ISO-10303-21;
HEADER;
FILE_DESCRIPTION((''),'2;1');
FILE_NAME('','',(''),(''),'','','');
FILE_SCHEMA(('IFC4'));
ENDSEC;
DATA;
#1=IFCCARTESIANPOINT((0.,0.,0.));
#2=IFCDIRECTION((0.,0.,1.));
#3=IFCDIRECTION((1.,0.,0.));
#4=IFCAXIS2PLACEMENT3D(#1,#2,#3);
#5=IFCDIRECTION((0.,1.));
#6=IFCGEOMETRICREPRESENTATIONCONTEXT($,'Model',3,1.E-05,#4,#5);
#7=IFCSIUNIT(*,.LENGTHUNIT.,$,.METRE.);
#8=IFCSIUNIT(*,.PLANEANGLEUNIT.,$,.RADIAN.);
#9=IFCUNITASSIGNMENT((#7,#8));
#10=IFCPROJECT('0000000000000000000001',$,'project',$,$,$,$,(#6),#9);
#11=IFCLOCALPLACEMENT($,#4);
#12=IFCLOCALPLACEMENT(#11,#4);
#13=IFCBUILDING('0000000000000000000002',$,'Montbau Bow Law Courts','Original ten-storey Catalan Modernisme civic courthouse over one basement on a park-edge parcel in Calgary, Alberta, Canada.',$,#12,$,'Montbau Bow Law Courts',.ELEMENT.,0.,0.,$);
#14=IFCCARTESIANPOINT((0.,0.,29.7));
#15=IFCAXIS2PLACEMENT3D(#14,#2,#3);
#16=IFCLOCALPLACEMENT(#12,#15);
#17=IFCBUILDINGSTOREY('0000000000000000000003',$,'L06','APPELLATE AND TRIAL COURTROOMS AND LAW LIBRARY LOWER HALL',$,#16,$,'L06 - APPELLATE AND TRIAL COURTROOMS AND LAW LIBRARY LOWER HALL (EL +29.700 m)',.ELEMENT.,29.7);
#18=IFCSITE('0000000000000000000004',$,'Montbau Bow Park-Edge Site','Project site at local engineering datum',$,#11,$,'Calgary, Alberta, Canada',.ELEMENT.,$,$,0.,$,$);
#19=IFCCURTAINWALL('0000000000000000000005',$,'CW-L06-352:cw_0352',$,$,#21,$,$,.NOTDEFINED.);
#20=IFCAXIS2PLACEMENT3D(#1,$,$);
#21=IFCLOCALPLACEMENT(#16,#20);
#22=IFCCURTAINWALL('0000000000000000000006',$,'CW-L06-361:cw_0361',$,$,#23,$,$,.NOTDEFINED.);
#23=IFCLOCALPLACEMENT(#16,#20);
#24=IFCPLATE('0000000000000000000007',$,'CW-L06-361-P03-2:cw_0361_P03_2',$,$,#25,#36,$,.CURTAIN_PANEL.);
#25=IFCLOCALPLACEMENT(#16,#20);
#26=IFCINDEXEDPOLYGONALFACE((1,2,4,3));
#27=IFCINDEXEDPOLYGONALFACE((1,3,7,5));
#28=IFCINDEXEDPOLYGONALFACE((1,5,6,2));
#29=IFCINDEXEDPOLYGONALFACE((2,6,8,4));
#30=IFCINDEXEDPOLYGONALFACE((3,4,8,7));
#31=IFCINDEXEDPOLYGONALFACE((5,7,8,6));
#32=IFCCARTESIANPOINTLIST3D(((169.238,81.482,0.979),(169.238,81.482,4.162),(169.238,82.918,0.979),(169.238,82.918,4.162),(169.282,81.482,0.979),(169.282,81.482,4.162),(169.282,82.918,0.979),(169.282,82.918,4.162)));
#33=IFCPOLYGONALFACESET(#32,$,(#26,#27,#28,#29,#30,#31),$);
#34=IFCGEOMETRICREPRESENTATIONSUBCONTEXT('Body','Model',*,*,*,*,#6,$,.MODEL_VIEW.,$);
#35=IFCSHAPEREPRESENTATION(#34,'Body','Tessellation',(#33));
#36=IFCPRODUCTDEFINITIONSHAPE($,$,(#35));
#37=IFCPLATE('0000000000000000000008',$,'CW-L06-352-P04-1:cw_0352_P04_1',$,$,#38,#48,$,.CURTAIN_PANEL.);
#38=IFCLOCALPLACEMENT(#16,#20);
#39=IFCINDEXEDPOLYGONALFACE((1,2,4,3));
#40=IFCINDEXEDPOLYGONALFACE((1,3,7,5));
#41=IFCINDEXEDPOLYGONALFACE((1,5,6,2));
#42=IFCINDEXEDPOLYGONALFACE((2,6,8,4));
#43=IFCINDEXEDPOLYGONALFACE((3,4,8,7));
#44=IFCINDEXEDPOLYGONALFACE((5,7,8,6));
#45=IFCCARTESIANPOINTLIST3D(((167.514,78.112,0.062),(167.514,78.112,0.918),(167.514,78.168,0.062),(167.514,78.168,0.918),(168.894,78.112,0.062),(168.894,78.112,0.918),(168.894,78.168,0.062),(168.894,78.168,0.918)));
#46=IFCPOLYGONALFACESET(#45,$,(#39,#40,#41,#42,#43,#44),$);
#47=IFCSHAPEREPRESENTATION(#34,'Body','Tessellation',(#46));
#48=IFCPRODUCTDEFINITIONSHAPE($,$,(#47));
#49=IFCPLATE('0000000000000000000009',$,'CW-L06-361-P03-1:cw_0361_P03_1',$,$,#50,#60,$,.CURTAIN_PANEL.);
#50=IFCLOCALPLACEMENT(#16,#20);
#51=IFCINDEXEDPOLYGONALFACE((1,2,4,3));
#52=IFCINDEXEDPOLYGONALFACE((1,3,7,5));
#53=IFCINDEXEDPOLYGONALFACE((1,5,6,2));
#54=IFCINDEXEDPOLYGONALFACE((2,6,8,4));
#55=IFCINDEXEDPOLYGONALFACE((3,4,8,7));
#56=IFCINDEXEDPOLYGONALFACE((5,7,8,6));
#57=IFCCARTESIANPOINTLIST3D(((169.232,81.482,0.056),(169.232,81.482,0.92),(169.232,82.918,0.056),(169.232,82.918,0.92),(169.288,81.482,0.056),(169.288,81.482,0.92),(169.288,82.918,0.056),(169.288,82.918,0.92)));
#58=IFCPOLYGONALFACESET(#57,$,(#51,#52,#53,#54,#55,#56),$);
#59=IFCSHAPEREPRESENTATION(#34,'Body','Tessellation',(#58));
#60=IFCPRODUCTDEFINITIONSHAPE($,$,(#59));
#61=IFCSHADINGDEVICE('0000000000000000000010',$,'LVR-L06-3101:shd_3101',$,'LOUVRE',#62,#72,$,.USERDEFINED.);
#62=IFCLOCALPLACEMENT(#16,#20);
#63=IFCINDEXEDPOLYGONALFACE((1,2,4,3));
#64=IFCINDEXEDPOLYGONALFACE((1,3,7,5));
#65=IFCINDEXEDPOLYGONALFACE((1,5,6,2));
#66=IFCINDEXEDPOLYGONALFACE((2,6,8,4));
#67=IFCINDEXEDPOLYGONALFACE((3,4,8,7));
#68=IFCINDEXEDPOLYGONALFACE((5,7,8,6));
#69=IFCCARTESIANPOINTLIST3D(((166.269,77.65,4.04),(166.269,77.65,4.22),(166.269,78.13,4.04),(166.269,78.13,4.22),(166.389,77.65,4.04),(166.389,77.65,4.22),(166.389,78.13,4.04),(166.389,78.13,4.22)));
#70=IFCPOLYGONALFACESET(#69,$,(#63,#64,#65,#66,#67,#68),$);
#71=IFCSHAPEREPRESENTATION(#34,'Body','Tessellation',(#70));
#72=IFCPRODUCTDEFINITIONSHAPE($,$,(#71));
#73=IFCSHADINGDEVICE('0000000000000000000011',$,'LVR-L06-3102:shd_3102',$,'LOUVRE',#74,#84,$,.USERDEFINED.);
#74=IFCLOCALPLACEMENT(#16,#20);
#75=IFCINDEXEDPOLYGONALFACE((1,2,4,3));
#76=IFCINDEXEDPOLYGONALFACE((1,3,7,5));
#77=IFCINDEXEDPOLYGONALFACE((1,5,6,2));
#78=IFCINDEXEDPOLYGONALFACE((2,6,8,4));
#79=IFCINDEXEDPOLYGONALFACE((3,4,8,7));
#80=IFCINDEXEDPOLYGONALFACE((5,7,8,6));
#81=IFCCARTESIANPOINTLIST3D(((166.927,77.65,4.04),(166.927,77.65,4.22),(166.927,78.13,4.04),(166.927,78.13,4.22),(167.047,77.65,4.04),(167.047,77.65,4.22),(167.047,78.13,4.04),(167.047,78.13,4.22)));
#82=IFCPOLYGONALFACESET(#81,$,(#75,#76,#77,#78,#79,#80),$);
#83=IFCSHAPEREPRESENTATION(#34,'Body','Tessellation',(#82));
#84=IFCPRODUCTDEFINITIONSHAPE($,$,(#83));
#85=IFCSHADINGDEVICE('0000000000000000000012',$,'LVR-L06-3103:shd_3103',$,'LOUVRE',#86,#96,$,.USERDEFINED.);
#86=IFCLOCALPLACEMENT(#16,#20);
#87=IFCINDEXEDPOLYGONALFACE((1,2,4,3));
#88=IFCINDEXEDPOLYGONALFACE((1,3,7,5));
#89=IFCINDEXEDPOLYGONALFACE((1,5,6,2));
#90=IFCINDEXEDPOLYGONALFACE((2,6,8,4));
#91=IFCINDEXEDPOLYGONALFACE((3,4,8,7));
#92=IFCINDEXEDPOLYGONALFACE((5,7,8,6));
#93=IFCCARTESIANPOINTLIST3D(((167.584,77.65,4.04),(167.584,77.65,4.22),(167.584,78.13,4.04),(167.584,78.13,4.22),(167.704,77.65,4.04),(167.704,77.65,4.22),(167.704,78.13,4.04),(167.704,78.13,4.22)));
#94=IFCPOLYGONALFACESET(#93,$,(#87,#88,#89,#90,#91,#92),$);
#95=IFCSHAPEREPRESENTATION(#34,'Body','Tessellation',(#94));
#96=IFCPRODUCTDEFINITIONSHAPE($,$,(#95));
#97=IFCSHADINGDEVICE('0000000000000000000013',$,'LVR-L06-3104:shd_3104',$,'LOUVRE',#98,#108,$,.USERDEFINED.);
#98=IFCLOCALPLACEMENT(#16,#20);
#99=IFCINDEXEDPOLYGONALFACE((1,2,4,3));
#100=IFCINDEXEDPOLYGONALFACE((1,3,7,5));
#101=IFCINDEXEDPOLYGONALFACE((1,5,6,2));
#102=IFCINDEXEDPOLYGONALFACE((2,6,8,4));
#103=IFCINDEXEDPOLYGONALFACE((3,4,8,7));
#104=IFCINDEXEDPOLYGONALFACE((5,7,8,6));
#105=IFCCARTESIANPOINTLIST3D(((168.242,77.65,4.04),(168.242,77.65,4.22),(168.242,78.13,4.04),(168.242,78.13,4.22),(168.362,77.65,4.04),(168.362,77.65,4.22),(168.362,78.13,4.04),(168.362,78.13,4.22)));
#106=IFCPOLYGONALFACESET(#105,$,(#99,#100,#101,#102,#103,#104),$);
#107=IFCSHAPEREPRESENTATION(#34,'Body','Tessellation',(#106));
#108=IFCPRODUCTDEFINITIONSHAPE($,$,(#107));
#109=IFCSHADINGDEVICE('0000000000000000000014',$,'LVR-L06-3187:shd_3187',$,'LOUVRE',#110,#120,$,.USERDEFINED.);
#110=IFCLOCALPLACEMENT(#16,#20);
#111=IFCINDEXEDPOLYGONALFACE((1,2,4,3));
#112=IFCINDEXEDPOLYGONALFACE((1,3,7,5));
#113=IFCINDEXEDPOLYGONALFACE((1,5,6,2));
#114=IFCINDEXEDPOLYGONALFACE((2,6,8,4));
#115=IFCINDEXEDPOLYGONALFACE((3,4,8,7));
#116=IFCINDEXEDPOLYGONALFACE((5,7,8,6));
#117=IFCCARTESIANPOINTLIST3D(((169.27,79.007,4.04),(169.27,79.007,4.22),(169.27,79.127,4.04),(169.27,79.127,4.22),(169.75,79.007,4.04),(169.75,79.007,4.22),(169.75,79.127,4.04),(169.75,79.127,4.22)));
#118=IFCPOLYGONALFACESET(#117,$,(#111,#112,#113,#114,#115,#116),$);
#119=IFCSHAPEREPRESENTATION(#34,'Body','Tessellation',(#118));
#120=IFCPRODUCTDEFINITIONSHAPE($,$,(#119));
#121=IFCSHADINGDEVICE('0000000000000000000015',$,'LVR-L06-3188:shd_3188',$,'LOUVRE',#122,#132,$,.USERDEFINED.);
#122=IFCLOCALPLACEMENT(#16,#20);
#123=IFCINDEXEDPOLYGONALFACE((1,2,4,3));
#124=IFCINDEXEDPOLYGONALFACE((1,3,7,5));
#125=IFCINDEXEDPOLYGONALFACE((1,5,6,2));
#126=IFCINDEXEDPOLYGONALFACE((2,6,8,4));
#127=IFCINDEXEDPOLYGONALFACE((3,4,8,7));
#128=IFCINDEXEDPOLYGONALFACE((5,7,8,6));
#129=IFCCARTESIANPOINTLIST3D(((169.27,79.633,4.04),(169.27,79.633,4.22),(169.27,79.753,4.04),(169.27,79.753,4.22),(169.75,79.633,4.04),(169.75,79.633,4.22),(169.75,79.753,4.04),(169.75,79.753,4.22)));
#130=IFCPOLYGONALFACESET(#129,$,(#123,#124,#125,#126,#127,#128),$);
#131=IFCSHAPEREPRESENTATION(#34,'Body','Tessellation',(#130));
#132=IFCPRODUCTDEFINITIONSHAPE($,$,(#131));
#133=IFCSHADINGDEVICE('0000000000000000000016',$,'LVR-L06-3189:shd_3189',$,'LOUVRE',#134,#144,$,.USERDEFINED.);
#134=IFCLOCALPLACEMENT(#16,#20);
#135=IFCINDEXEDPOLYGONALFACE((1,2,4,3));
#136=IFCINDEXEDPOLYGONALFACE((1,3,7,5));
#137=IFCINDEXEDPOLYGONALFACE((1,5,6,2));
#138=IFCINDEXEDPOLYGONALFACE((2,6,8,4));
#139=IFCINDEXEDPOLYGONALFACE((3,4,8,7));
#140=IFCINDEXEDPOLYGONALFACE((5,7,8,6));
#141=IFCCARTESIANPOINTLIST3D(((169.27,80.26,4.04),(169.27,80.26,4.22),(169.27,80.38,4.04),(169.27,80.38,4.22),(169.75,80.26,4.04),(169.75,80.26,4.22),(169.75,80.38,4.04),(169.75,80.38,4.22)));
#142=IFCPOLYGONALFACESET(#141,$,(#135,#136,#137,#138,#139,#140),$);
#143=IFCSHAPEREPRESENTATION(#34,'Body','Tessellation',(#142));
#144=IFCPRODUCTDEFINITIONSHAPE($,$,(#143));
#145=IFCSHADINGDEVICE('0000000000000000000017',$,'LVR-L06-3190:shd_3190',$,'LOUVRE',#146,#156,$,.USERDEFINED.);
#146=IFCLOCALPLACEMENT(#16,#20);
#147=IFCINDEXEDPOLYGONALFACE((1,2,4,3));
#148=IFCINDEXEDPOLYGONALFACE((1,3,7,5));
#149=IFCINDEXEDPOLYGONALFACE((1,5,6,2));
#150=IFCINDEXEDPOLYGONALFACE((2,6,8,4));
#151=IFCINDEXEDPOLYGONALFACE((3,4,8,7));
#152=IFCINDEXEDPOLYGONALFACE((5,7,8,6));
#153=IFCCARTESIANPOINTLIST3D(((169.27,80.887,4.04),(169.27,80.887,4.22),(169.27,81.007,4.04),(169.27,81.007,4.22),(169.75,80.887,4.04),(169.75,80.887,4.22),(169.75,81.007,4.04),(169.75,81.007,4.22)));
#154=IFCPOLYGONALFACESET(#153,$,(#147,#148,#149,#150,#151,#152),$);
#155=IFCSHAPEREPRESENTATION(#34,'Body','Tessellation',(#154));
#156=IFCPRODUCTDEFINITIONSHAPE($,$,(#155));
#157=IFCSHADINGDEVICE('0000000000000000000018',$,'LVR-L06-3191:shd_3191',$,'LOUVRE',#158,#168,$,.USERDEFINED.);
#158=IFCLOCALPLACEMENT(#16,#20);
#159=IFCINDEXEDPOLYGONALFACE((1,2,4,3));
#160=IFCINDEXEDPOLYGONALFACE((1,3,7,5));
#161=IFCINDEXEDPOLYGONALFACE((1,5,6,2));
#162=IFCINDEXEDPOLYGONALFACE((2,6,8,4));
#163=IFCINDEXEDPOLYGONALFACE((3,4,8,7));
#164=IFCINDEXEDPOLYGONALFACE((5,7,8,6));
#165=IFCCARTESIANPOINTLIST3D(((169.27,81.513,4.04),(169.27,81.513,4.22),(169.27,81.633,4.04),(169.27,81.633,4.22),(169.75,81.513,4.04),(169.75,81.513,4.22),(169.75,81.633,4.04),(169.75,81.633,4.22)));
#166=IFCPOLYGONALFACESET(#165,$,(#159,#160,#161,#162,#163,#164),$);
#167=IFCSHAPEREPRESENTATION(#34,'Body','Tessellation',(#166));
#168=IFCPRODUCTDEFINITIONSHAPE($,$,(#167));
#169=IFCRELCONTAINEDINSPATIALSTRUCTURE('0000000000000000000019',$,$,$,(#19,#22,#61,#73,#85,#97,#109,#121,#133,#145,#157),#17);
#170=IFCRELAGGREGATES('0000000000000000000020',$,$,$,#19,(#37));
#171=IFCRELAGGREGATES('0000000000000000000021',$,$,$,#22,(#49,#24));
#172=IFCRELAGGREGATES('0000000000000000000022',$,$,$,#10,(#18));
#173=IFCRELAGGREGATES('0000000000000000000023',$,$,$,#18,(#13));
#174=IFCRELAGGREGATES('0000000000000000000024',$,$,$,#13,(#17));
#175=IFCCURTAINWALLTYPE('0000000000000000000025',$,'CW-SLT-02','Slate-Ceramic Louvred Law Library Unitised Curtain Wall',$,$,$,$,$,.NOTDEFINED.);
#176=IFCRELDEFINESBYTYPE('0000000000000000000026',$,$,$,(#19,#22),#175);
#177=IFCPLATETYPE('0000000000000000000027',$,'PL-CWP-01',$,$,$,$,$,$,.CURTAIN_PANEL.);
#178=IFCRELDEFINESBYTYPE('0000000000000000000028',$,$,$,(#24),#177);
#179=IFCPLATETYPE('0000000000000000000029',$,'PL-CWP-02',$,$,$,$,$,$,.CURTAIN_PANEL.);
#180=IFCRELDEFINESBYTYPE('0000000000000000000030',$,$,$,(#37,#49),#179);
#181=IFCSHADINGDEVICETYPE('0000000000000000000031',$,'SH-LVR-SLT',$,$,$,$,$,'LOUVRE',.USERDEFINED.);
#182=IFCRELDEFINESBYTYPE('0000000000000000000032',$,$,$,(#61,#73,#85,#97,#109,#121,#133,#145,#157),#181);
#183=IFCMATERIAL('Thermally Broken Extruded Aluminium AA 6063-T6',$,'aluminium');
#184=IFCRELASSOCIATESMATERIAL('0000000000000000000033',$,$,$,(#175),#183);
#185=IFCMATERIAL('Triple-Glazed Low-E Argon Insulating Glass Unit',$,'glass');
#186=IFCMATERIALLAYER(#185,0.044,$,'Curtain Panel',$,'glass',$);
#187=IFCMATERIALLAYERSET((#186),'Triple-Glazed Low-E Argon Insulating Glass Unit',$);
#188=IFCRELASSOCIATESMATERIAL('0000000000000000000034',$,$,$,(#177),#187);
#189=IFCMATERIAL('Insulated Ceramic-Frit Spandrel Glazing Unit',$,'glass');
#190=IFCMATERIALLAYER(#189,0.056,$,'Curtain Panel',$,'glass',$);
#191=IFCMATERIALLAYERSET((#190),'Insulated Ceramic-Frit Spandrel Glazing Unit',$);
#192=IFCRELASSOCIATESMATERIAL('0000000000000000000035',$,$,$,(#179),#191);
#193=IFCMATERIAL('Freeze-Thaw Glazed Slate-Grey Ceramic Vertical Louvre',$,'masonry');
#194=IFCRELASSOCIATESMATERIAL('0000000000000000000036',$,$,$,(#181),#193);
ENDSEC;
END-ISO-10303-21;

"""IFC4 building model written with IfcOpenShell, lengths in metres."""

from ifc_helpers import new_model, si_unit, direction, frame, frame_2d, origin_with_axes, origin_2d_with_axis, place, context, subcontext, project, spatial, rectangle, extrude, material, layer, layer_set, type_object, element, aggregate, save


model = new_model("IFC4")

# Units and contexts
model_context = context("Model", 3, precision=1e-05, world=origin_with_axes(), true_north=direction((0.0, 1.0)))
body_context = subcontext(model_context, "Body", "Model", "MODEL_VIEW")
ifc_project = project(units=[si_unit("LENGTHUNIT", "METRE"), si_unit("PLANEANGLEUNIT", "RADIAN")], contexts=[model_context])

# Site, building, storey
site_placement = place(None, origin_with_axes())
site = spatial("IfcSite", under=ifc_project, at=site_placement, Name="Montbau Bow Park-Edge Site", Description="Project site at local engineering datum", LongName="Calgary, Alberta, Canada", CompositionType="ELEMENT", RefElevation=0.0)
building_placement = place(site_placement, origin_with_axes())
building = spatial("IfcBuilding", under=site, at=building_placement, Name="Montbau Bow Law Courts", Description="Original ten-storey Catalan Modernisme civic courthouse over one basement on a park-edge parcel in Calgary, Alberta, Canada.", LongName="Montbau Bow Law Courts", CompositionType="ELEMENT", ElevationOfRefHeight=0.0, ElevationOfTerrain=0.0)
storey_placement = place(building_placement, frame((0.0, 0.0, 29.7), z_axis=(0.0, 0.0, 1.0), x_axis=(1.0, 0.0, 0.0)))
storey = spatial("IfcBuildingStorey", under=building, at=storey_placement, Name="L06", Description="APPELLATE AND TRIAL COURTROOMS AND LAW LIBRARY LOWER HALL", LongName="L06 - APPELLATE AND TRIAL COURTROOMS AND LAW LIBRARY LOWER HALL (EL +29.700 m)", CompositionType="ELEMENT", Elevation=29.7)

# Curtain walls
ifc_material_1 = material(Name="Thermally Broken Extruded Aluminium AA 6063-T6", Category="aluminium")
curtain_wall_type = type_object("IfcCurtainWallType", Name="CW-SLT-02", Description="Slate-Ceramic Louvred Law Library Unitised Curtain Wall", PredefinedType="NOTDEFINED", material=ifc_material_1)
curtain_wall_1_placement = place(None, frame((163.04, 78.14, 29.7), z_axis=(0.0, 0.0, 1.0), x_axis=(1.0, 0.0, 0.0)))
curtain_wall_1 = element("IfcCurtainWall", 1, at=curtain_wall_1_placement, inside=storey, type_object=curtain_wall_type, Name="CW-L06-352:cw_0352", PredefinedType="NOTDEFINED")
curtain_wall_2_placement = place(None, frame((169.26, 78.44, 29.7), z_axis=(0.0, 0.0, 1.0), x_axis=(1.0, 0.0, 0.0)))
curtain_wall_2 = element("IfcCurtainWall", 2, at=curtain_wall_2_placement, inside=storey, type_object=curtain_wall_type, Name="CW-L06-361:cw_0361", PredefinedType="NOTDEFINED")

# Plates
ifc_material_2 = material(Name="Triple-Glazed Low-E Argon Insulating Glass Unit", Category="glass")
ifc_layer_1 = layer(ifc_material_2, 0.044, Name="Curtain Panel", Category="glass")
ifc_layer_set_1 = layer_set([ifc_layer_1], Name="Triple-Glazed Low-E Argon Insulating Glass Unit")
plate_type_1 = type_object("IfcPlateType", Name="PL-CWP-01", PredefinedType="CURTAIN_PANEL", material=ifc_layer_set_1)
plate_1_placement = place(None, frame((169.26, 81.482, 30.679), z_axis=(1.0, 0.0, 0.0), x_axis=(0.0, 1.0, 0.0)))
plate_1 = element("IfcPlate", 3, at=plate_1_placement, type_object=plate_type_1, Name="CW-L06-361-P03-2:cw_0361_P03_2", PredefinedType="CURTAIN_PANEL", context=body_context, shape_type="SweptSolid", body=[
    extrude(rectangle(XDim=1.436, YDim=3.183, at=frame_2d((0.718, 1.5915), x_axis=(1.0, 0.0))), frame((0.0, 0.0, -0.022), z_axis=(0.0, 0.0, 1.0), x_axis=(1.0, 0.0, 0.0)), (0.0, 0.0, 1.0), 0.044),
])
ifc_material_3 = material(Name="Insulated Ceramic-Frit Spandrel Glazing Unit", Category="glass")
ifc_layer_2 = layer(ifc_material_3, 0.056, Name="Curtain Panel", Category="glass")
ifc_layer_set_2 = layer_set([ifc_layer_2], Name="Insulated Ceramic-Frit Spandrel Glazing Unit")
plate_type_2 = type_object("IfcPlateType", Name="PL-CWP-02", PredefinedType="CURTAIN_PANEL", material=ifc_layer_set_2)
plate_2_placement = place(None, frame((167.514, 78.14, 29.762), z_axis=(0.0, -1.0, 0.0), x_axis=(1.0, 0.0, 0.0)))
plate_2 = element("IfcPlate", 4, at=plate_2_placement, type_object=plate_type_2, Name="CW-L06-352-P04-1:cw_0352_P04_1", PredefinedType="CURTAIN_PANEL", context=body_context, shape_type="SweptSolid", body=[
    extrude(rectangle(XDim=1.38, YDim=0.856, at=frame_2d((0.69, 0.428), x_axis=(1.0, 0.0))), frame((0.0, 0.0, -0.028), z_axis=(0.0, 0.0, 1.0), x_axis=(1.0, 0.0, 0.0)), (0.0, 0.0, 1.0), 0.056),
])
aggregate(curtain_wall_1, [plate_2])
plate_3_placement = place(None, frame((169.26, 81.482, 29.756), z_axis=(1.0, 0.0, 0.0), x_axis=(0.0, 1.0, 0.0)))
plate_3 = element("IfcPlate", 5, at=plate_3_placement, type_object=plate_type_2, Name="CW-L06-361-P03-1:cw_0361_P03_1", PredefinedType="CURTAIN_PANEL", context=body_context, shape_type="SweptSolid", body=[
    extrude(rectangle(XDim=1.436, YDim=0.864, at=frame_2d((0.718, 0.432), x_axis=(1.0, 0.0))), frame((0.0, 0.0, -0.028), z_axis=(0.0, 0.0, 1.0), x_axis=(1.0, 0.0, 0.0)), (0.0, 0.0, 1.0), 0.056),
])
aggregate(curtain_wall_2, [plate_3, plate_1])

# Shading devices
ifc_material_4 = material(Name="Freeze-Thaw Glazed Slate-Grey Ceramic Vertical Louvre", Category="masonry")
shading_device_type = type_object("IfcShadingDeviceType", Name="SH-LVR-SLT", ElementType="LOUVRE", PredefinedType="USERDEFINED", material=ifc_material_4)
for number, where, z_axis, x_axis, name in (
    (6, (166.329, 77.89, 33.74), (0.0, 0.0, 1.0), (0.0, -1.0, 0.0), "LVR-L06-3101:shd_3101"),
    (7, (166.987, 77.89, 33.74), (0.0, 0.0, 1.0), (0.0, -1.0, 0.0), "LVR-L06-3102:shd_3102"),
    (8, (167.644, 77.89, 33.74), (0.0, 0.0, 1.0), (0.0, -1.0, 0.0), "LVR-L06-3103:shd_3103"),
    (9, (168.302, 77.89, 33.74), (0.0, 0.0, 1.0), (0.0, -1.0, 0.0), "LVR-L06-3104:shd_3104"),
    (10, (169.51, 79.067, 33.74), (0.0, 0.0, 1.0), (1.0, 0.0, 0.0), "LVR-L06-3187:shd_3187"),
    (11, (169.51, 79.693, 33.74), (0.0, 0.0, 1.0), (1.0, 0.0, 0.0), "LVR-L06-3188:shd_3188"),
    (12, (169.51, 80.32, 33.74), (0.0, 0.0, 1.0), (1.0, 0.0, 0.0), "LVR-L06-3189:shd_3189"),
    (13, (169.51, 80.947, 33.74), (0.0, 0.0, 1.0), (1.0, 0.0, 0.0), "LVR-L06-3190:shd_3190"),
    (14, (169.51, 81.573, 33.74), (0.0, 0.0, 1.0), (1.0, 0.0, 0.0), "LVR-L06-3191:shd_3191"),
):
    element("IfcShadingDevice", number, at=place(None, frame(where, z_axis=z_axis, x_axis=x_axis)), inside=storey, type_object=shading_device_type, Name=name, ObjectType="LOUVRE", PredefinedType="USERDEFINED", context=body_context, shape_type="SweptSolid", body=[
        extrude(rectangle(XDim=0.48, YDim=0.12, at=origin_2d_with_axis()), origin_with_axes(), (0.0, 0.0, 1.0), 0.18),
    ])

save(model, "model.ifc")
